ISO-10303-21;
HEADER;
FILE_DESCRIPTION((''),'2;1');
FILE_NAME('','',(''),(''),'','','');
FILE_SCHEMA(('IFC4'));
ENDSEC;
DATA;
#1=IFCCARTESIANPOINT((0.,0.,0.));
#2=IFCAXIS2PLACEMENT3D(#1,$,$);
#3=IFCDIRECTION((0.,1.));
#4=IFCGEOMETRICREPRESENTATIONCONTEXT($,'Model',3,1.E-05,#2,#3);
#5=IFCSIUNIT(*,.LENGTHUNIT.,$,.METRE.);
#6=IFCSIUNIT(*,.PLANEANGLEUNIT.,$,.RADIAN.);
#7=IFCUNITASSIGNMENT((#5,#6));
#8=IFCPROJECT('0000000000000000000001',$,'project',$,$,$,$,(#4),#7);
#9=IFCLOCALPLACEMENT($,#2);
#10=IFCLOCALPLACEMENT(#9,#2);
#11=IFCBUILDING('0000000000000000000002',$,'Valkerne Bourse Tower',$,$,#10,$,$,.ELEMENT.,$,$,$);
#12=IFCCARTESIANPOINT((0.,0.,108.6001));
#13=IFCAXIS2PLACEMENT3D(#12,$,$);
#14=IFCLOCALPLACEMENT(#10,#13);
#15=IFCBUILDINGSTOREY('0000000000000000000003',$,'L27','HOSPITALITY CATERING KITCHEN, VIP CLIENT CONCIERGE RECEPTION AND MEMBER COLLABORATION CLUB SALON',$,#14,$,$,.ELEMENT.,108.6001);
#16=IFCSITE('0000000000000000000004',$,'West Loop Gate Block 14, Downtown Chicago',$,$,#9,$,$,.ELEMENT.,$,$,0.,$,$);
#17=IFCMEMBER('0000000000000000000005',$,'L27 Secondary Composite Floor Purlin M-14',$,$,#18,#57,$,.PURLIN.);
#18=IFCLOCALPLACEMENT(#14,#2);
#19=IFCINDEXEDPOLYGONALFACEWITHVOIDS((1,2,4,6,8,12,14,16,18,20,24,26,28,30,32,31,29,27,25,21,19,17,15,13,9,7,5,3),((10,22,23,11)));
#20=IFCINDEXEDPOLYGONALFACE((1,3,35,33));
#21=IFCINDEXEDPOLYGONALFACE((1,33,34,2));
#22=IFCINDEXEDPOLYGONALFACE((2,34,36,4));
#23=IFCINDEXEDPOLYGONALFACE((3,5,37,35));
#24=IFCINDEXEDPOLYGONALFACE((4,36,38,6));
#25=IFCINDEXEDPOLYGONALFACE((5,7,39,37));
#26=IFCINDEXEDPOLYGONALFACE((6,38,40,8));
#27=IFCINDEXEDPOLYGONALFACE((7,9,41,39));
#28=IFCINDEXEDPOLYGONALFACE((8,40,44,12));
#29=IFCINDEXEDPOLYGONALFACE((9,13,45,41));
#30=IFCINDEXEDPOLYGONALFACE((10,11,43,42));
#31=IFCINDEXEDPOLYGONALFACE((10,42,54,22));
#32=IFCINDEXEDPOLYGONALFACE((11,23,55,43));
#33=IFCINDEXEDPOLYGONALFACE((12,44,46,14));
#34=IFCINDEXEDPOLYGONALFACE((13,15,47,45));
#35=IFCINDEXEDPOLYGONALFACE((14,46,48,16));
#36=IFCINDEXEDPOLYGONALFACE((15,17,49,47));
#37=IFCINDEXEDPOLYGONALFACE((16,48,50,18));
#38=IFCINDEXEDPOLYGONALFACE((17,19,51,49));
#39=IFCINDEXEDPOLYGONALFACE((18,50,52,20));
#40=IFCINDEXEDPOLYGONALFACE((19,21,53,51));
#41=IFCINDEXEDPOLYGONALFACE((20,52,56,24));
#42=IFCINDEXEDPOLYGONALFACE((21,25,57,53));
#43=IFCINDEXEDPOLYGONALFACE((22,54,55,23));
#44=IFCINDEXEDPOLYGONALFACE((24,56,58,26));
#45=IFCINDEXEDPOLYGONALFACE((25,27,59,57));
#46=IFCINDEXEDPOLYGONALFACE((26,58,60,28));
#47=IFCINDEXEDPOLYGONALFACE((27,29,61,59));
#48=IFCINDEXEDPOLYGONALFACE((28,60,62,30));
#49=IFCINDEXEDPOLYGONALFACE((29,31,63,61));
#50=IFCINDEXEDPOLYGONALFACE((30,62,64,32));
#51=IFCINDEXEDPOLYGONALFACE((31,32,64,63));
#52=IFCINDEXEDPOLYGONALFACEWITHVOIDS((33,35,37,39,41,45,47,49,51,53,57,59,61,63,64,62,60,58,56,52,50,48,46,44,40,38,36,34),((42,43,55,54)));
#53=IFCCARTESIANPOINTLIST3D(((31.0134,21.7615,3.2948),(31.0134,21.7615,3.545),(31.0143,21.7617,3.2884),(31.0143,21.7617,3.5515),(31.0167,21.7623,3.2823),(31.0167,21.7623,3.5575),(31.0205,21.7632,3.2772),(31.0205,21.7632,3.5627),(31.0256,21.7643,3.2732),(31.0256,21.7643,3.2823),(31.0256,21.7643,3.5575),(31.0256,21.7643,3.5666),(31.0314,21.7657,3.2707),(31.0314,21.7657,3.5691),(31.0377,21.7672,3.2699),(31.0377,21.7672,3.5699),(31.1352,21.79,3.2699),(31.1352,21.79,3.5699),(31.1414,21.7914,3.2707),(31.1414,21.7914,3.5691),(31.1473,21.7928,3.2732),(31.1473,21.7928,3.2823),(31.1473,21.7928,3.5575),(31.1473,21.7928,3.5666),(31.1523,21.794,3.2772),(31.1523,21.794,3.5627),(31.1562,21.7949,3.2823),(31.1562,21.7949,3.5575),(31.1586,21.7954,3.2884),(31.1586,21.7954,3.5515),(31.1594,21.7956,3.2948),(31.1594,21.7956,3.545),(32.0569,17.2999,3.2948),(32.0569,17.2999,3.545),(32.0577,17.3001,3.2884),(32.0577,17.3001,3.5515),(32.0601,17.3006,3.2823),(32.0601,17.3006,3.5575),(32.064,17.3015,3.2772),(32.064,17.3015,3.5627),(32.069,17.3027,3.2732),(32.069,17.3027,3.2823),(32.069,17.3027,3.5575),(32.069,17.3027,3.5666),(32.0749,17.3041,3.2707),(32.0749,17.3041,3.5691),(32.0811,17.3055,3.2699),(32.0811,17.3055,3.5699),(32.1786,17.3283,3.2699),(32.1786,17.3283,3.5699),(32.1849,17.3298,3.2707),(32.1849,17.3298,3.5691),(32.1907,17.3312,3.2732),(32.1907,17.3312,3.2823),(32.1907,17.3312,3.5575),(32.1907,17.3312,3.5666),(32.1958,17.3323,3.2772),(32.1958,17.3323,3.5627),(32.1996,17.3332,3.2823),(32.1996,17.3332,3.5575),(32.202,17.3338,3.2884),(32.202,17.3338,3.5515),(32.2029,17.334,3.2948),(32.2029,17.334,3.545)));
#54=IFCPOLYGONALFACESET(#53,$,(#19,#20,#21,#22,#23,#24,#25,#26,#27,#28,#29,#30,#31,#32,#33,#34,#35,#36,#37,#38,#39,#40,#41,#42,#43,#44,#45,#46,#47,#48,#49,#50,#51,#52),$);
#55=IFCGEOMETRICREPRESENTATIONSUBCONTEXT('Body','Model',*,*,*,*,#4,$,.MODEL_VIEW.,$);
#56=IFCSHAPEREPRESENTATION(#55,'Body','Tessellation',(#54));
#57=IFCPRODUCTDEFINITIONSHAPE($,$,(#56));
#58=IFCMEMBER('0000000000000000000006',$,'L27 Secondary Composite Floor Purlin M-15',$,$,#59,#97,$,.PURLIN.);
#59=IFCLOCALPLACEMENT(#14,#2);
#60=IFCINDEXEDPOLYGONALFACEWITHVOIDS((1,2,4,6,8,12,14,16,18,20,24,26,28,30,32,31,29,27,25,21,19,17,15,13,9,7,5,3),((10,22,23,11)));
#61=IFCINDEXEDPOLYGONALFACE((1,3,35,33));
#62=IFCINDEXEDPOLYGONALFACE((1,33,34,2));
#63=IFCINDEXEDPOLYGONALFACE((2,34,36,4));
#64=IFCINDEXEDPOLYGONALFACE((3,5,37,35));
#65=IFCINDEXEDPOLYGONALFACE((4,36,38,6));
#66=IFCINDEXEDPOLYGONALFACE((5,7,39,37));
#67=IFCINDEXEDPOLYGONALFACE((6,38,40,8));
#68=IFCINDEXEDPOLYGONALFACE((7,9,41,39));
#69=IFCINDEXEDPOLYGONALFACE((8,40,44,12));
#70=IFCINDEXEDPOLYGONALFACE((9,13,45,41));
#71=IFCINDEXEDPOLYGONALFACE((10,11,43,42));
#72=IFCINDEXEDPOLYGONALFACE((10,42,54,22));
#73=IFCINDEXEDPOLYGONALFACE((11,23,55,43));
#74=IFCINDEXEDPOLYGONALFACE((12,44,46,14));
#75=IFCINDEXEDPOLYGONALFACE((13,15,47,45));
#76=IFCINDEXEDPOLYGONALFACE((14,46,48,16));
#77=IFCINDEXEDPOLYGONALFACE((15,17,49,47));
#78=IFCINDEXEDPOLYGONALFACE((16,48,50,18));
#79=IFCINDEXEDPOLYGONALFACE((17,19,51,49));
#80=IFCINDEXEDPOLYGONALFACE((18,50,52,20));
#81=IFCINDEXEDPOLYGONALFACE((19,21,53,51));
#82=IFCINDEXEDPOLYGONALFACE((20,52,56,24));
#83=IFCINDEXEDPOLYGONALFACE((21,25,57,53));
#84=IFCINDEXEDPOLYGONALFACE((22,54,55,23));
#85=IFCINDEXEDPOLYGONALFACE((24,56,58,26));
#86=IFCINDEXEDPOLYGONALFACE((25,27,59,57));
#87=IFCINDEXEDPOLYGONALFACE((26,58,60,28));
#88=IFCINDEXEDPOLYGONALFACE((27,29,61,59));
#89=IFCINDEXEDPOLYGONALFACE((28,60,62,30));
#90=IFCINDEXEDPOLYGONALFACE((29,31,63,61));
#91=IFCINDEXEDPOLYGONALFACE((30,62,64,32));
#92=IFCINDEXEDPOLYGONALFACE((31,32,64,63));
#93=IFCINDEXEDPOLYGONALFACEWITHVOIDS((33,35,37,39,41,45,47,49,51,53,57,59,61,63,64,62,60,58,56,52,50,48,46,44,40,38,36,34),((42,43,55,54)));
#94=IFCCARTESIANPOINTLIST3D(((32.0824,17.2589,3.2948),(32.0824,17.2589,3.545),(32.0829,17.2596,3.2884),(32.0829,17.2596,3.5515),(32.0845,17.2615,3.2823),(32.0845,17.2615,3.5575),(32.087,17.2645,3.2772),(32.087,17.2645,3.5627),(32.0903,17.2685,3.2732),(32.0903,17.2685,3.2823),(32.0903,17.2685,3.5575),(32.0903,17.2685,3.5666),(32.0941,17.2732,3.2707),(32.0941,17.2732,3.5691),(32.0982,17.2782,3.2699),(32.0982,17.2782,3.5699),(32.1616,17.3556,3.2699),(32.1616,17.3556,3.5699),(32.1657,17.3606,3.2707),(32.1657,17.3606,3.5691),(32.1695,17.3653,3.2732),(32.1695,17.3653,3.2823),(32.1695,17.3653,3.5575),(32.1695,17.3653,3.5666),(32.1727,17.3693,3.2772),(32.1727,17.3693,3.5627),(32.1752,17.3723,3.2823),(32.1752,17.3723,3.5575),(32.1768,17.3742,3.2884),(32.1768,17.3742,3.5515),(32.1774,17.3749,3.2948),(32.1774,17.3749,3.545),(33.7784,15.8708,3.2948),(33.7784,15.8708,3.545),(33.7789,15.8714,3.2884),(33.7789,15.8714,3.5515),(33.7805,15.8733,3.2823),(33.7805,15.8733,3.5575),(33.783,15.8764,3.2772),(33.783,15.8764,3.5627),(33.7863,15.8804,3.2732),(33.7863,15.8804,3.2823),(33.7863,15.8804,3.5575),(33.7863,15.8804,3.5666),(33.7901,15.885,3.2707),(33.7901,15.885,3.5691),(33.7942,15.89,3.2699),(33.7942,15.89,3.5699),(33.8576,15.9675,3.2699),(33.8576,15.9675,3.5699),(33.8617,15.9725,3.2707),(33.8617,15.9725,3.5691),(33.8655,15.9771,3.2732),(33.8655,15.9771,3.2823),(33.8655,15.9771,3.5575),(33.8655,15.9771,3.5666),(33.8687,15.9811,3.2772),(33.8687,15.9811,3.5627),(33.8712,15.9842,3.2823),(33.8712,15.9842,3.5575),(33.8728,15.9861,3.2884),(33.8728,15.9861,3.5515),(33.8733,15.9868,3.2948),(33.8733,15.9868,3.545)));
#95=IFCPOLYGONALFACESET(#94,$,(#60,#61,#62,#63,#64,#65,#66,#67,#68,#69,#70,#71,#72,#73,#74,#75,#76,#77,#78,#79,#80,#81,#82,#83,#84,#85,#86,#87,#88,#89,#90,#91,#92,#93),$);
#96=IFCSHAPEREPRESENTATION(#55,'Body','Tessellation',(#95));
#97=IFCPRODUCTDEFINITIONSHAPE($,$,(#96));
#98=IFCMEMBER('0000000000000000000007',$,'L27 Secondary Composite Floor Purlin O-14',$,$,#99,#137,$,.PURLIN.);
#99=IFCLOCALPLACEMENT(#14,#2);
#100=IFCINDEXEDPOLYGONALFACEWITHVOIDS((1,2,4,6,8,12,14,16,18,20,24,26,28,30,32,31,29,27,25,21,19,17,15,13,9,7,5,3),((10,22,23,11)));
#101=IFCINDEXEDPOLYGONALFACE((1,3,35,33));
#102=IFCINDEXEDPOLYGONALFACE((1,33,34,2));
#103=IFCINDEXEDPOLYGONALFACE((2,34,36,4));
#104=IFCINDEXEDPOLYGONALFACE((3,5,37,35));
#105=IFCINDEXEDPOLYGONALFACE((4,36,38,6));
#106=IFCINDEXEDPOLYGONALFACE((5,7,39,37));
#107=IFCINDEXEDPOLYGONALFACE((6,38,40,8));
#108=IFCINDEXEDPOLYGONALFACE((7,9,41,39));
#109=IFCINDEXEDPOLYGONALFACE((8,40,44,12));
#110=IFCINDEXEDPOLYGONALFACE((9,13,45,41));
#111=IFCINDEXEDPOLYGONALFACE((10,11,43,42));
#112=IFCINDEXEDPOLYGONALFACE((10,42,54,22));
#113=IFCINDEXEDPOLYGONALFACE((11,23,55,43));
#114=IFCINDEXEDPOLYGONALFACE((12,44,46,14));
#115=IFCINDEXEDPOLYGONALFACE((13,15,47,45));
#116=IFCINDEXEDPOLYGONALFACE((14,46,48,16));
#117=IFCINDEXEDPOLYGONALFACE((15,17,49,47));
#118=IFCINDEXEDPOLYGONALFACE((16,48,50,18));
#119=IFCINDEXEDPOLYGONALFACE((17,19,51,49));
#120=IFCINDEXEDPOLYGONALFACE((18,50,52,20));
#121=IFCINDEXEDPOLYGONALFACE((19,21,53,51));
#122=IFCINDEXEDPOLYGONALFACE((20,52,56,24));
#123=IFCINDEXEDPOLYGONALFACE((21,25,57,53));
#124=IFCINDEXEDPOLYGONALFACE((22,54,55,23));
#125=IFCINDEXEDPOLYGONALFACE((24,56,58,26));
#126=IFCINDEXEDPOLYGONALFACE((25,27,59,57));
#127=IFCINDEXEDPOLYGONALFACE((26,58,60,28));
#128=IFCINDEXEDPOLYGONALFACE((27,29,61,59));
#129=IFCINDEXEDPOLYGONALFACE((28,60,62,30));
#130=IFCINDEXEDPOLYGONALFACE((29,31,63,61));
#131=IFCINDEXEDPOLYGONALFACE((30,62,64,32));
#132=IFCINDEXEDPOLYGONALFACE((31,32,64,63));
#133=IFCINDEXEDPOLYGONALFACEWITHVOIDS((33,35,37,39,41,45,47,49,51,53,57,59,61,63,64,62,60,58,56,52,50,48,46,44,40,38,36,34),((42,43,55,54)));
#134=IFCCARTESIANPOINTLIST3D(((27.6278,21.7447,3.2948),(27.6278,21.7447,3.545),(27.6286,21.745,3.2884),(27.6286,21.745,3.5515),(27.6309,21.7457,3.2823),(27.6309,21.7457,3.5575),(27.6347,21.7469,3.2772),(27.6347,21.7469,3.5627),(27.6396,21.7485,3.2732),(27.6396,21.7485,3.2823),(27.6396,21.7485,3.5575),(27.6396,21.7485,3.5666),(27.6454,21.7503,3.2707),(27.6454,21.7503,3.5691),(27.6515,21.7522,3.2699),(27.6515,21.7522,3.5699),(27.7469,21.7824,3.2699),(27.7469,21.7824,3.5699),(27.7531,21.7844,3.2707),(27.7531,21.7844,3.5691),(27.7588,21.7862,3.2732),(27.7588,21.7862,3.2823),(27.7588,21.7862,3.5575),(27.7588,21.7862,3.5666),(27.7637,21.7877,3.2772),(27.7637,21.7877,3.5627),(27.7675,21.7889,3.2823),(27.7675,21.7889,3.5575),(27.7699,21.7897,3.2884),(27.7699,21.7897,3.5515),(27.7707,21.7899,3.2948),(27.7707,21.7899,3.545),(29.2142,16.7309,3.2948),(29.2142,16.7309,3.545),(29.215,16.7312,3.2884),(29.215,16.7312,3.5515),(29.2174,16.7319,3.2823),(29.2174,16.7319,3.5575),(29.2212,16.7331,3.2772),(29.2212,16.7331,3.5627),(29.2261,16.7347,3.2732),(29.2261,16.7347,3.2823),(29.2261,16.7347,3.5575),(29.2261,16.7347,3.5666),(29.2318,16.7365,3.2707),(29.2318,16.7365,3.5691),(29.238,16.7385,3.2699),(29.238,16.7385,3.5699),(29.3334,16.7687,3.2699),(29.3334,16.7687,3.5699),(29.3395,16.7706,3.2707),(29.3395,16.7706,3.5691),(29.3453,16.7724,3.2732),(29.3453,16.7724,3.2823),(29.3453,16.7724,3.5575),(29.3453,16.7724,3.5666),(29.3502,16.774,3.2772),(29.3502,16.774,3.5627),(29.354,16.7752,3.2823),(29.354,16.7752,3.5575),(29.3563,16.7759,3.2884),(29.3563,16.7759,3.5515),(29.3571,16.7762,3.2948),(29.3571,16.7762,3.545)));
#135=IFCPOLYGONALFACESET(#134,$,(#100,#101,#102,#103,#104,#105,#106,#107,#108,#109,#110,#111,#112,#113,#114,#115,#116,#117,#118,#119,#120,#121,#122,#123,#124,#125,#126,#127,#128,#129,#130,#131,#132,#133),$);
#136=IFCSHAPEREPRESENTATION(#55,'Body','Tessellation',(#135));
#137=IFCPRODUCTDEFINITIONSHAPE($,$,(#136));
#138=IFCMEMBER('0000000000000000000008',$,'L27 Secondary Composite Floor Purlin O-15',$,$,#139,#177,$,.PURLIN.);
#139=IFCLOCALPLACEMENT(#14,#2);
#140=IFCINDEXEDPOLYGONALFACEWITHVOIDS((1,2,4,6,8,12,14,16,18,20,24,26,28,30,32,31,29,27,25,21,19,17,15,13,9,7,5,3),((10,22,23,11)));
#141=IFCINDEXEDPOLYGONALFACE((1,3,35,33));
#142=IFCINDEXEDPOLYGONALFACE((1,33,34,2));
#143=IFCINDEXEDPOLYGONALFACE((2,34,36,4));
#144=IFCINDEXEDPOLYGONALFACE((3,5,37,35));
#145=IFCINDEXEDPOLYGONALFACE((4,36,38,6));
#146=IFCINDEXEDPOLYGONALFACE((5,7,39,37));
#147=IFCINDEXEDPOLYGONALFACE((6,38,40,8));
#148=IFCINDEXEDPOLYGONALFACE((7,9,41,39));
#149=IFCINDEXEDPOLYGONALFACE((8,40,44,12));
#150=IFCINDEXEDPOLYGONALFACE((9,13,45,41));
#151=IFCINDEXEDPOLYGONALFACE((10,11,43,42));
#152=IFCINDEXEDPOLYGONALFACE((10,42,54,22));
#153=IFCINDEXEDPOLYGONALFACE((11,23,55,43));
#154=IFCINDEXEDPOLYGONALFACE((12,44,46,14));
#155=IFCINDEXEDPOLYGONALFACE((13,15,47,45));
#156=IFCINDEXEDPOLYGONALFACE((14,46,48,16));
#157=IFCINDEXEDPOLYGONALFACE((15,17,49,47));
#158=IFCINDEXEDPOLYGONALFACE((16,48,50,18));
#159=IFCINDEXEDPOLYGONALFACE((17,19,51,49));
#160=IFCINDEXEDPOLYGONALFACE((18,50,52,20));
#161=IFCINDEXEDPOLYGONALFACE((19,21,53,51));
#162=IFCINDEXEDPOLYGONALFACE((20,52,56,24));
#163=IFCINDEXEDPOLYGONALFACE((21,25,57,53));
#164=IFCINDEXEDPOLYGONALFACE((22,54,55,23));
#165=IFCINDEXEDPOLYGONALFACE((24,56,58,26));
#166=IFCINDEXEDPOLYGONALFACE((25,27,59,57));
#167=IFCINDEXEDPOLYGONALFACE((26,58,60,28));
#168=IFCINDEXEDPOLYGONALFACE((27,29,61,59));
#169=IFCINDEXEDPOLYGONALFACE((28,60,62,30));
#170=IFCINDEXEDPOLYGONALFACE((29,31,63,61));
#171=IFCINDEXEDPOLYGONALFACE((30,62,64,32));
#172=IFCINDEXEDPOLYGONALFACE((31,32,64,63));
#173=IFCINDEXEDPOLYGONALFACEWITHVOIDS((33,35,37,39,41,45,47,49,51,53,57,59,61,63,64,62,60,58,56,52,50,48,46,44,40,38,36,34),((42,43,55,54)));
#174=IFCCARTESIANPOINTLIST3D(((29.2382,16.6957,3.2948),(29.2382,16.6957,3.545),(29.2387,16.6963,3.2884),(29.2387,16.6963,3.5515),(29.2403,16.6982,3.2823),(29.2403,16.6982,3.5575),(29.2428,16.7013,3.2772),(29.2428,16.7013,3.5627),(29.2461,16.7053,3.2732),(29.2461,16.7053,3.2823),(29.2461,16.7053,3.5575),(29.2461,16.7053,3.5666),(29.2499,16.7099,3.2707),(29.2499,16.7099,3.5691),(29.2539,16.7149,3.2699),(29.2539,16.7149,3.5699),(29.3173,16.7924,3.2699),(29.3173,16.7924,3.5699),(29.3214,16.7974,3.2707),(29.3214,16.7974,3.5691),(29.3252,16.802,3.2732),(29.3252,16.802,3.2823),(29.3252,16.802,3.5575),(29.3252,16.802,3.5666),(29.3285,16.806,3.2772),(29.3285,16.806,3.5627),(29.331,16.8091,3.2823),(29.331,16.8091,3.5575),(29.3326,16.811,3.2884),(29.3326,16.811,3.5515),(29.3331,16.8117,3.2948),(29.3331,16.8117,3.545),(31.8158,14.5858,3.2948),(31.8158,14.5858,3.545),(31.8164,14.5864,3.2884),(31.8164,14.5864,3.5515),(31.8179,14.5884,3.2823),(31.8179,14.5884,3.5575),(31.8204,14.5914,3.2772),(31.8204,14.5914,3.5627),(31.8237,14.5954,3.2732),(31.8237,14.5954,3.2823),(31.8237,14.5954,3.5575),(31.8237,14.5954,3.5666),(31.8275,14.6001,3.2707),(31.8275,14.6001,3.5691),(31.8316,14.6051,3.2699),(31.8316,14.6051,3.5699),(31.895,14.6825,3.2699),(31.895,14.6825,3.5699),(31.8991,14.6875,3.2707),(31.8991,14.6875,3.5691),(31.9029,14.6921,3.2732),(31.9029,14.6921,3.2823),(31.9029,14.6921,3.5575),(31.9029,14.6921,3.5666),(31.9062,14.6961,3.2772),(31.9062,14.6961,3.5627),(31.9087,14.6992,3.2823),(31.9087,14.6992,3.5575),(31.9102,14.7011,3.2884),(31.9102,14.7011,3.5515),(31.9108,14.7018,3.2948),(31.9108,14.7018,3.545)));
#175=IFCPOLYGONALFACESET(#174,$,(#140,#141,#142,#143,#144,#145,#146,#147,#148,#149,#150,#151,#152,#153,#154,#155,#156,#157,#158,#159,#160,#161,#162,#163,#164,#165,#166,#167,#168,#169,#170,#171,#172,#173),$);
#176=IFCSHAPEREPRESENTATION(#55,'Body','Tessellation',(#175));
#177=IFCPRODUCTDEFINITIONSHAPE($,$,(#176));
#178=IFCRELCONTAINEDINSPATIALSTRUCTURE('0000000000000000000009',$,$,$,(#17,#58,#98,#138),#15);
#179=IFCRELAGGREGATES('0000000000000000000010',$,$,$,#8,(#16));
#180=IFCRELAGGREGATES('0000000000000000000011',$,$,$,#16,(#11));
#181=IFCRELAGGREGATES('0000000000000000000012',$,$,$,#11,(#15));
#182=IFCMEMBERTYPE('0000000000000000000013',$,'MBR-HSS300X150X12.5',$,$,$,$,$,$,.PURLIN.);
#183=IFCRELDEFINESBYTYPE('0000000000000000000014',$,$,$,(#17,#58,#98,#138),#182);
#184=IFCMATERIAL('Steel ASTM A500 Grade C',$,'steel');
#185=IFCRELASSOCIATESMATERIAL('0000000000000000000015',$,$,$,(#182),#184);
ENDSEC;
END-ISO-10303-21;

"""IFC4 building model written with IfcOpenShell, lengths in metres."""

from ifc_helpers import new_model, si_unit, direction, frame, origin, origin_2d, place, context, subcontext, project, spatial, hollow_rectangle, extrude, material, material_profile, profile_set, type_object, element, save


model = new_model("IFC4")

# Units and contexts
model_context = context("Model", 3, precision=1e-05, world=origin(), true_north=direction((0.0, 1.0)))
body_context = subcontext(model_context, "Body", "Model", "MODEL_VIEW")
ifc_project = project(units=[si_unit("LENGTHUNIT", "METRE"), si_unit("PLANEANGLEUNIT", "RADIAN")], contexts=[model_context])

# Site, building, storey
site_placement = place(None, origin())
site = spatial("IfcSite", under=ifc_project, at=site_placement, Name="West Loop Gate Block 14, Downtown Chicago", CompositionType="ELEMENT", RefElevation=0.0)
building_placement = place(site_placement, origin())
building = spatial("IfcBuilding", under=site, at=building_placement, Name="Valkerne Bourse Tower", CompositionType="ELEMENT")
storey_placement = place(building_placement, frame((0.0, 0.0, 108.6001)))
storey = spatial("IfcBuildingStorey", under=building, at=storey_placement, Name="L27", Description="HOSPITALITY CATERING KITCHEN, VIP CLIENT CONCIERGE RECEPTION AND MEMBER COLLABORATION CLUB SALON", CompositionType="ELEMENT", Elevation=108.6001)

# Members
ifc_material_1 = material(Name="Steel ASTM A500 Grade C", Category="steel")
ifc_material_profile_1 = material_profile(ifc_material_1, hollow_rectangle(XDim=0.1499, YDim=0.3, WallThickness=0.0125, OuterFilletRadius=0.0249, at=origin_2d()), Name="HSS300X150X12.5")
ifc_profile_set_1 = profile_set([ifc_material_profile_1], Name="Steel ASTM A500 Grade C")
member_type_1 = type_object("IfcMemberType", Name="MBR-HSS300X150X12.5", PredefinedType="PURLIN", material=ifc_profile_set_1)
member_1_placement = place(storey_placement, frame((31.0864, 21.7786, 3.4199), z_axis=(0.227726, -0.973725, 0.0), x_axis=(0.973725, 0.227726, 0.0)))
element("IfcMember", 1, at=member_1_placement, inside=storey, type_object=member_type_1, Name="L27 Secondary Composite Floor Purlin M-14", PredefinedType="PURLIN", context=body_context, shape_type="SweptSolid", body=[
    extrude(hollow_rectangle(XDim=0.1499, YDim=0.3, WallThickness=0.0125, OuterFilletRadius=0.0249, at=origin_2d()), origin(), (0.0, 0.0, 1.0), 4.582),
])
member_2_placement = place(storey_placement, frame((32.1299, 17.3169, 3.4199), z_axis=(0.773843, -0.633377, 0.0), x_axis=(0.633377, 0.773843, 0.0)))
element("IfcMember", 2, at=member_2_placement, inside=storey, type_object=member_type_1, Name="L27 Secondary Composite Floor Purlin M-15", PredefinedType="PURLIN", context=body_context, shape_type="SweptSolid", body=[
    extrude(hollow_rectangle(XDim=0.1499, YDim=0.3, WallThickness=0.0125, OuterFilletRadius=0.0249, at=origin_2d()), origin(), (0.0, 0.0, 1.0), 2.1917),
])
member_3_placement = place(storey_placement, frame((27.6992, 21.7673, 3.4199), z_axis=(0.301678, -0.95341, 0.0), x_axis=(0.95341, 0.301678, 0.0)))
element("IfcMember", 3, at=member_3_placement, inside=storey, type_object=member_type_1, Name="L27 Secondary Composite Floor Purlin O-14", PredefinedType="PURLIN", context=body_context, shape_type="SweptSolid", body=[
    extrude(hollow_rectangle(XDim=0.1499, YDim=0.3, WallThickness=0.0125, OuterFilletRadius=0.0249, at=origin_2d()), origin(), (0.0, 0.0, 1.0), 5.2588),
])
member_4_placement = place(storey_placement, frame((29.2856, 16.7537, 3.4199), z_axis=(0.773827, -0.633397, 0.0), x_axis=(0.633397, 0.773827, 0.0)))
element("IfcMember", 4, at=member_4_placement, inside=storey, type_object=member_type_1, Name="L27 Secondary Composite Floor Purlin O-15", PredefinedType="PURLIN", context=body_context, shape_type="SweptSolid", body=[
    extrude(hollow_rectangle(XDim=0.1499, YDim=0.3, WallThickness=0.0125, OuterFilletRadius=0.0249, at=origin_2d()), origin(), (0.0, 0.0, 1.0), 3.3311),
])

save(model, "model.ifc")
